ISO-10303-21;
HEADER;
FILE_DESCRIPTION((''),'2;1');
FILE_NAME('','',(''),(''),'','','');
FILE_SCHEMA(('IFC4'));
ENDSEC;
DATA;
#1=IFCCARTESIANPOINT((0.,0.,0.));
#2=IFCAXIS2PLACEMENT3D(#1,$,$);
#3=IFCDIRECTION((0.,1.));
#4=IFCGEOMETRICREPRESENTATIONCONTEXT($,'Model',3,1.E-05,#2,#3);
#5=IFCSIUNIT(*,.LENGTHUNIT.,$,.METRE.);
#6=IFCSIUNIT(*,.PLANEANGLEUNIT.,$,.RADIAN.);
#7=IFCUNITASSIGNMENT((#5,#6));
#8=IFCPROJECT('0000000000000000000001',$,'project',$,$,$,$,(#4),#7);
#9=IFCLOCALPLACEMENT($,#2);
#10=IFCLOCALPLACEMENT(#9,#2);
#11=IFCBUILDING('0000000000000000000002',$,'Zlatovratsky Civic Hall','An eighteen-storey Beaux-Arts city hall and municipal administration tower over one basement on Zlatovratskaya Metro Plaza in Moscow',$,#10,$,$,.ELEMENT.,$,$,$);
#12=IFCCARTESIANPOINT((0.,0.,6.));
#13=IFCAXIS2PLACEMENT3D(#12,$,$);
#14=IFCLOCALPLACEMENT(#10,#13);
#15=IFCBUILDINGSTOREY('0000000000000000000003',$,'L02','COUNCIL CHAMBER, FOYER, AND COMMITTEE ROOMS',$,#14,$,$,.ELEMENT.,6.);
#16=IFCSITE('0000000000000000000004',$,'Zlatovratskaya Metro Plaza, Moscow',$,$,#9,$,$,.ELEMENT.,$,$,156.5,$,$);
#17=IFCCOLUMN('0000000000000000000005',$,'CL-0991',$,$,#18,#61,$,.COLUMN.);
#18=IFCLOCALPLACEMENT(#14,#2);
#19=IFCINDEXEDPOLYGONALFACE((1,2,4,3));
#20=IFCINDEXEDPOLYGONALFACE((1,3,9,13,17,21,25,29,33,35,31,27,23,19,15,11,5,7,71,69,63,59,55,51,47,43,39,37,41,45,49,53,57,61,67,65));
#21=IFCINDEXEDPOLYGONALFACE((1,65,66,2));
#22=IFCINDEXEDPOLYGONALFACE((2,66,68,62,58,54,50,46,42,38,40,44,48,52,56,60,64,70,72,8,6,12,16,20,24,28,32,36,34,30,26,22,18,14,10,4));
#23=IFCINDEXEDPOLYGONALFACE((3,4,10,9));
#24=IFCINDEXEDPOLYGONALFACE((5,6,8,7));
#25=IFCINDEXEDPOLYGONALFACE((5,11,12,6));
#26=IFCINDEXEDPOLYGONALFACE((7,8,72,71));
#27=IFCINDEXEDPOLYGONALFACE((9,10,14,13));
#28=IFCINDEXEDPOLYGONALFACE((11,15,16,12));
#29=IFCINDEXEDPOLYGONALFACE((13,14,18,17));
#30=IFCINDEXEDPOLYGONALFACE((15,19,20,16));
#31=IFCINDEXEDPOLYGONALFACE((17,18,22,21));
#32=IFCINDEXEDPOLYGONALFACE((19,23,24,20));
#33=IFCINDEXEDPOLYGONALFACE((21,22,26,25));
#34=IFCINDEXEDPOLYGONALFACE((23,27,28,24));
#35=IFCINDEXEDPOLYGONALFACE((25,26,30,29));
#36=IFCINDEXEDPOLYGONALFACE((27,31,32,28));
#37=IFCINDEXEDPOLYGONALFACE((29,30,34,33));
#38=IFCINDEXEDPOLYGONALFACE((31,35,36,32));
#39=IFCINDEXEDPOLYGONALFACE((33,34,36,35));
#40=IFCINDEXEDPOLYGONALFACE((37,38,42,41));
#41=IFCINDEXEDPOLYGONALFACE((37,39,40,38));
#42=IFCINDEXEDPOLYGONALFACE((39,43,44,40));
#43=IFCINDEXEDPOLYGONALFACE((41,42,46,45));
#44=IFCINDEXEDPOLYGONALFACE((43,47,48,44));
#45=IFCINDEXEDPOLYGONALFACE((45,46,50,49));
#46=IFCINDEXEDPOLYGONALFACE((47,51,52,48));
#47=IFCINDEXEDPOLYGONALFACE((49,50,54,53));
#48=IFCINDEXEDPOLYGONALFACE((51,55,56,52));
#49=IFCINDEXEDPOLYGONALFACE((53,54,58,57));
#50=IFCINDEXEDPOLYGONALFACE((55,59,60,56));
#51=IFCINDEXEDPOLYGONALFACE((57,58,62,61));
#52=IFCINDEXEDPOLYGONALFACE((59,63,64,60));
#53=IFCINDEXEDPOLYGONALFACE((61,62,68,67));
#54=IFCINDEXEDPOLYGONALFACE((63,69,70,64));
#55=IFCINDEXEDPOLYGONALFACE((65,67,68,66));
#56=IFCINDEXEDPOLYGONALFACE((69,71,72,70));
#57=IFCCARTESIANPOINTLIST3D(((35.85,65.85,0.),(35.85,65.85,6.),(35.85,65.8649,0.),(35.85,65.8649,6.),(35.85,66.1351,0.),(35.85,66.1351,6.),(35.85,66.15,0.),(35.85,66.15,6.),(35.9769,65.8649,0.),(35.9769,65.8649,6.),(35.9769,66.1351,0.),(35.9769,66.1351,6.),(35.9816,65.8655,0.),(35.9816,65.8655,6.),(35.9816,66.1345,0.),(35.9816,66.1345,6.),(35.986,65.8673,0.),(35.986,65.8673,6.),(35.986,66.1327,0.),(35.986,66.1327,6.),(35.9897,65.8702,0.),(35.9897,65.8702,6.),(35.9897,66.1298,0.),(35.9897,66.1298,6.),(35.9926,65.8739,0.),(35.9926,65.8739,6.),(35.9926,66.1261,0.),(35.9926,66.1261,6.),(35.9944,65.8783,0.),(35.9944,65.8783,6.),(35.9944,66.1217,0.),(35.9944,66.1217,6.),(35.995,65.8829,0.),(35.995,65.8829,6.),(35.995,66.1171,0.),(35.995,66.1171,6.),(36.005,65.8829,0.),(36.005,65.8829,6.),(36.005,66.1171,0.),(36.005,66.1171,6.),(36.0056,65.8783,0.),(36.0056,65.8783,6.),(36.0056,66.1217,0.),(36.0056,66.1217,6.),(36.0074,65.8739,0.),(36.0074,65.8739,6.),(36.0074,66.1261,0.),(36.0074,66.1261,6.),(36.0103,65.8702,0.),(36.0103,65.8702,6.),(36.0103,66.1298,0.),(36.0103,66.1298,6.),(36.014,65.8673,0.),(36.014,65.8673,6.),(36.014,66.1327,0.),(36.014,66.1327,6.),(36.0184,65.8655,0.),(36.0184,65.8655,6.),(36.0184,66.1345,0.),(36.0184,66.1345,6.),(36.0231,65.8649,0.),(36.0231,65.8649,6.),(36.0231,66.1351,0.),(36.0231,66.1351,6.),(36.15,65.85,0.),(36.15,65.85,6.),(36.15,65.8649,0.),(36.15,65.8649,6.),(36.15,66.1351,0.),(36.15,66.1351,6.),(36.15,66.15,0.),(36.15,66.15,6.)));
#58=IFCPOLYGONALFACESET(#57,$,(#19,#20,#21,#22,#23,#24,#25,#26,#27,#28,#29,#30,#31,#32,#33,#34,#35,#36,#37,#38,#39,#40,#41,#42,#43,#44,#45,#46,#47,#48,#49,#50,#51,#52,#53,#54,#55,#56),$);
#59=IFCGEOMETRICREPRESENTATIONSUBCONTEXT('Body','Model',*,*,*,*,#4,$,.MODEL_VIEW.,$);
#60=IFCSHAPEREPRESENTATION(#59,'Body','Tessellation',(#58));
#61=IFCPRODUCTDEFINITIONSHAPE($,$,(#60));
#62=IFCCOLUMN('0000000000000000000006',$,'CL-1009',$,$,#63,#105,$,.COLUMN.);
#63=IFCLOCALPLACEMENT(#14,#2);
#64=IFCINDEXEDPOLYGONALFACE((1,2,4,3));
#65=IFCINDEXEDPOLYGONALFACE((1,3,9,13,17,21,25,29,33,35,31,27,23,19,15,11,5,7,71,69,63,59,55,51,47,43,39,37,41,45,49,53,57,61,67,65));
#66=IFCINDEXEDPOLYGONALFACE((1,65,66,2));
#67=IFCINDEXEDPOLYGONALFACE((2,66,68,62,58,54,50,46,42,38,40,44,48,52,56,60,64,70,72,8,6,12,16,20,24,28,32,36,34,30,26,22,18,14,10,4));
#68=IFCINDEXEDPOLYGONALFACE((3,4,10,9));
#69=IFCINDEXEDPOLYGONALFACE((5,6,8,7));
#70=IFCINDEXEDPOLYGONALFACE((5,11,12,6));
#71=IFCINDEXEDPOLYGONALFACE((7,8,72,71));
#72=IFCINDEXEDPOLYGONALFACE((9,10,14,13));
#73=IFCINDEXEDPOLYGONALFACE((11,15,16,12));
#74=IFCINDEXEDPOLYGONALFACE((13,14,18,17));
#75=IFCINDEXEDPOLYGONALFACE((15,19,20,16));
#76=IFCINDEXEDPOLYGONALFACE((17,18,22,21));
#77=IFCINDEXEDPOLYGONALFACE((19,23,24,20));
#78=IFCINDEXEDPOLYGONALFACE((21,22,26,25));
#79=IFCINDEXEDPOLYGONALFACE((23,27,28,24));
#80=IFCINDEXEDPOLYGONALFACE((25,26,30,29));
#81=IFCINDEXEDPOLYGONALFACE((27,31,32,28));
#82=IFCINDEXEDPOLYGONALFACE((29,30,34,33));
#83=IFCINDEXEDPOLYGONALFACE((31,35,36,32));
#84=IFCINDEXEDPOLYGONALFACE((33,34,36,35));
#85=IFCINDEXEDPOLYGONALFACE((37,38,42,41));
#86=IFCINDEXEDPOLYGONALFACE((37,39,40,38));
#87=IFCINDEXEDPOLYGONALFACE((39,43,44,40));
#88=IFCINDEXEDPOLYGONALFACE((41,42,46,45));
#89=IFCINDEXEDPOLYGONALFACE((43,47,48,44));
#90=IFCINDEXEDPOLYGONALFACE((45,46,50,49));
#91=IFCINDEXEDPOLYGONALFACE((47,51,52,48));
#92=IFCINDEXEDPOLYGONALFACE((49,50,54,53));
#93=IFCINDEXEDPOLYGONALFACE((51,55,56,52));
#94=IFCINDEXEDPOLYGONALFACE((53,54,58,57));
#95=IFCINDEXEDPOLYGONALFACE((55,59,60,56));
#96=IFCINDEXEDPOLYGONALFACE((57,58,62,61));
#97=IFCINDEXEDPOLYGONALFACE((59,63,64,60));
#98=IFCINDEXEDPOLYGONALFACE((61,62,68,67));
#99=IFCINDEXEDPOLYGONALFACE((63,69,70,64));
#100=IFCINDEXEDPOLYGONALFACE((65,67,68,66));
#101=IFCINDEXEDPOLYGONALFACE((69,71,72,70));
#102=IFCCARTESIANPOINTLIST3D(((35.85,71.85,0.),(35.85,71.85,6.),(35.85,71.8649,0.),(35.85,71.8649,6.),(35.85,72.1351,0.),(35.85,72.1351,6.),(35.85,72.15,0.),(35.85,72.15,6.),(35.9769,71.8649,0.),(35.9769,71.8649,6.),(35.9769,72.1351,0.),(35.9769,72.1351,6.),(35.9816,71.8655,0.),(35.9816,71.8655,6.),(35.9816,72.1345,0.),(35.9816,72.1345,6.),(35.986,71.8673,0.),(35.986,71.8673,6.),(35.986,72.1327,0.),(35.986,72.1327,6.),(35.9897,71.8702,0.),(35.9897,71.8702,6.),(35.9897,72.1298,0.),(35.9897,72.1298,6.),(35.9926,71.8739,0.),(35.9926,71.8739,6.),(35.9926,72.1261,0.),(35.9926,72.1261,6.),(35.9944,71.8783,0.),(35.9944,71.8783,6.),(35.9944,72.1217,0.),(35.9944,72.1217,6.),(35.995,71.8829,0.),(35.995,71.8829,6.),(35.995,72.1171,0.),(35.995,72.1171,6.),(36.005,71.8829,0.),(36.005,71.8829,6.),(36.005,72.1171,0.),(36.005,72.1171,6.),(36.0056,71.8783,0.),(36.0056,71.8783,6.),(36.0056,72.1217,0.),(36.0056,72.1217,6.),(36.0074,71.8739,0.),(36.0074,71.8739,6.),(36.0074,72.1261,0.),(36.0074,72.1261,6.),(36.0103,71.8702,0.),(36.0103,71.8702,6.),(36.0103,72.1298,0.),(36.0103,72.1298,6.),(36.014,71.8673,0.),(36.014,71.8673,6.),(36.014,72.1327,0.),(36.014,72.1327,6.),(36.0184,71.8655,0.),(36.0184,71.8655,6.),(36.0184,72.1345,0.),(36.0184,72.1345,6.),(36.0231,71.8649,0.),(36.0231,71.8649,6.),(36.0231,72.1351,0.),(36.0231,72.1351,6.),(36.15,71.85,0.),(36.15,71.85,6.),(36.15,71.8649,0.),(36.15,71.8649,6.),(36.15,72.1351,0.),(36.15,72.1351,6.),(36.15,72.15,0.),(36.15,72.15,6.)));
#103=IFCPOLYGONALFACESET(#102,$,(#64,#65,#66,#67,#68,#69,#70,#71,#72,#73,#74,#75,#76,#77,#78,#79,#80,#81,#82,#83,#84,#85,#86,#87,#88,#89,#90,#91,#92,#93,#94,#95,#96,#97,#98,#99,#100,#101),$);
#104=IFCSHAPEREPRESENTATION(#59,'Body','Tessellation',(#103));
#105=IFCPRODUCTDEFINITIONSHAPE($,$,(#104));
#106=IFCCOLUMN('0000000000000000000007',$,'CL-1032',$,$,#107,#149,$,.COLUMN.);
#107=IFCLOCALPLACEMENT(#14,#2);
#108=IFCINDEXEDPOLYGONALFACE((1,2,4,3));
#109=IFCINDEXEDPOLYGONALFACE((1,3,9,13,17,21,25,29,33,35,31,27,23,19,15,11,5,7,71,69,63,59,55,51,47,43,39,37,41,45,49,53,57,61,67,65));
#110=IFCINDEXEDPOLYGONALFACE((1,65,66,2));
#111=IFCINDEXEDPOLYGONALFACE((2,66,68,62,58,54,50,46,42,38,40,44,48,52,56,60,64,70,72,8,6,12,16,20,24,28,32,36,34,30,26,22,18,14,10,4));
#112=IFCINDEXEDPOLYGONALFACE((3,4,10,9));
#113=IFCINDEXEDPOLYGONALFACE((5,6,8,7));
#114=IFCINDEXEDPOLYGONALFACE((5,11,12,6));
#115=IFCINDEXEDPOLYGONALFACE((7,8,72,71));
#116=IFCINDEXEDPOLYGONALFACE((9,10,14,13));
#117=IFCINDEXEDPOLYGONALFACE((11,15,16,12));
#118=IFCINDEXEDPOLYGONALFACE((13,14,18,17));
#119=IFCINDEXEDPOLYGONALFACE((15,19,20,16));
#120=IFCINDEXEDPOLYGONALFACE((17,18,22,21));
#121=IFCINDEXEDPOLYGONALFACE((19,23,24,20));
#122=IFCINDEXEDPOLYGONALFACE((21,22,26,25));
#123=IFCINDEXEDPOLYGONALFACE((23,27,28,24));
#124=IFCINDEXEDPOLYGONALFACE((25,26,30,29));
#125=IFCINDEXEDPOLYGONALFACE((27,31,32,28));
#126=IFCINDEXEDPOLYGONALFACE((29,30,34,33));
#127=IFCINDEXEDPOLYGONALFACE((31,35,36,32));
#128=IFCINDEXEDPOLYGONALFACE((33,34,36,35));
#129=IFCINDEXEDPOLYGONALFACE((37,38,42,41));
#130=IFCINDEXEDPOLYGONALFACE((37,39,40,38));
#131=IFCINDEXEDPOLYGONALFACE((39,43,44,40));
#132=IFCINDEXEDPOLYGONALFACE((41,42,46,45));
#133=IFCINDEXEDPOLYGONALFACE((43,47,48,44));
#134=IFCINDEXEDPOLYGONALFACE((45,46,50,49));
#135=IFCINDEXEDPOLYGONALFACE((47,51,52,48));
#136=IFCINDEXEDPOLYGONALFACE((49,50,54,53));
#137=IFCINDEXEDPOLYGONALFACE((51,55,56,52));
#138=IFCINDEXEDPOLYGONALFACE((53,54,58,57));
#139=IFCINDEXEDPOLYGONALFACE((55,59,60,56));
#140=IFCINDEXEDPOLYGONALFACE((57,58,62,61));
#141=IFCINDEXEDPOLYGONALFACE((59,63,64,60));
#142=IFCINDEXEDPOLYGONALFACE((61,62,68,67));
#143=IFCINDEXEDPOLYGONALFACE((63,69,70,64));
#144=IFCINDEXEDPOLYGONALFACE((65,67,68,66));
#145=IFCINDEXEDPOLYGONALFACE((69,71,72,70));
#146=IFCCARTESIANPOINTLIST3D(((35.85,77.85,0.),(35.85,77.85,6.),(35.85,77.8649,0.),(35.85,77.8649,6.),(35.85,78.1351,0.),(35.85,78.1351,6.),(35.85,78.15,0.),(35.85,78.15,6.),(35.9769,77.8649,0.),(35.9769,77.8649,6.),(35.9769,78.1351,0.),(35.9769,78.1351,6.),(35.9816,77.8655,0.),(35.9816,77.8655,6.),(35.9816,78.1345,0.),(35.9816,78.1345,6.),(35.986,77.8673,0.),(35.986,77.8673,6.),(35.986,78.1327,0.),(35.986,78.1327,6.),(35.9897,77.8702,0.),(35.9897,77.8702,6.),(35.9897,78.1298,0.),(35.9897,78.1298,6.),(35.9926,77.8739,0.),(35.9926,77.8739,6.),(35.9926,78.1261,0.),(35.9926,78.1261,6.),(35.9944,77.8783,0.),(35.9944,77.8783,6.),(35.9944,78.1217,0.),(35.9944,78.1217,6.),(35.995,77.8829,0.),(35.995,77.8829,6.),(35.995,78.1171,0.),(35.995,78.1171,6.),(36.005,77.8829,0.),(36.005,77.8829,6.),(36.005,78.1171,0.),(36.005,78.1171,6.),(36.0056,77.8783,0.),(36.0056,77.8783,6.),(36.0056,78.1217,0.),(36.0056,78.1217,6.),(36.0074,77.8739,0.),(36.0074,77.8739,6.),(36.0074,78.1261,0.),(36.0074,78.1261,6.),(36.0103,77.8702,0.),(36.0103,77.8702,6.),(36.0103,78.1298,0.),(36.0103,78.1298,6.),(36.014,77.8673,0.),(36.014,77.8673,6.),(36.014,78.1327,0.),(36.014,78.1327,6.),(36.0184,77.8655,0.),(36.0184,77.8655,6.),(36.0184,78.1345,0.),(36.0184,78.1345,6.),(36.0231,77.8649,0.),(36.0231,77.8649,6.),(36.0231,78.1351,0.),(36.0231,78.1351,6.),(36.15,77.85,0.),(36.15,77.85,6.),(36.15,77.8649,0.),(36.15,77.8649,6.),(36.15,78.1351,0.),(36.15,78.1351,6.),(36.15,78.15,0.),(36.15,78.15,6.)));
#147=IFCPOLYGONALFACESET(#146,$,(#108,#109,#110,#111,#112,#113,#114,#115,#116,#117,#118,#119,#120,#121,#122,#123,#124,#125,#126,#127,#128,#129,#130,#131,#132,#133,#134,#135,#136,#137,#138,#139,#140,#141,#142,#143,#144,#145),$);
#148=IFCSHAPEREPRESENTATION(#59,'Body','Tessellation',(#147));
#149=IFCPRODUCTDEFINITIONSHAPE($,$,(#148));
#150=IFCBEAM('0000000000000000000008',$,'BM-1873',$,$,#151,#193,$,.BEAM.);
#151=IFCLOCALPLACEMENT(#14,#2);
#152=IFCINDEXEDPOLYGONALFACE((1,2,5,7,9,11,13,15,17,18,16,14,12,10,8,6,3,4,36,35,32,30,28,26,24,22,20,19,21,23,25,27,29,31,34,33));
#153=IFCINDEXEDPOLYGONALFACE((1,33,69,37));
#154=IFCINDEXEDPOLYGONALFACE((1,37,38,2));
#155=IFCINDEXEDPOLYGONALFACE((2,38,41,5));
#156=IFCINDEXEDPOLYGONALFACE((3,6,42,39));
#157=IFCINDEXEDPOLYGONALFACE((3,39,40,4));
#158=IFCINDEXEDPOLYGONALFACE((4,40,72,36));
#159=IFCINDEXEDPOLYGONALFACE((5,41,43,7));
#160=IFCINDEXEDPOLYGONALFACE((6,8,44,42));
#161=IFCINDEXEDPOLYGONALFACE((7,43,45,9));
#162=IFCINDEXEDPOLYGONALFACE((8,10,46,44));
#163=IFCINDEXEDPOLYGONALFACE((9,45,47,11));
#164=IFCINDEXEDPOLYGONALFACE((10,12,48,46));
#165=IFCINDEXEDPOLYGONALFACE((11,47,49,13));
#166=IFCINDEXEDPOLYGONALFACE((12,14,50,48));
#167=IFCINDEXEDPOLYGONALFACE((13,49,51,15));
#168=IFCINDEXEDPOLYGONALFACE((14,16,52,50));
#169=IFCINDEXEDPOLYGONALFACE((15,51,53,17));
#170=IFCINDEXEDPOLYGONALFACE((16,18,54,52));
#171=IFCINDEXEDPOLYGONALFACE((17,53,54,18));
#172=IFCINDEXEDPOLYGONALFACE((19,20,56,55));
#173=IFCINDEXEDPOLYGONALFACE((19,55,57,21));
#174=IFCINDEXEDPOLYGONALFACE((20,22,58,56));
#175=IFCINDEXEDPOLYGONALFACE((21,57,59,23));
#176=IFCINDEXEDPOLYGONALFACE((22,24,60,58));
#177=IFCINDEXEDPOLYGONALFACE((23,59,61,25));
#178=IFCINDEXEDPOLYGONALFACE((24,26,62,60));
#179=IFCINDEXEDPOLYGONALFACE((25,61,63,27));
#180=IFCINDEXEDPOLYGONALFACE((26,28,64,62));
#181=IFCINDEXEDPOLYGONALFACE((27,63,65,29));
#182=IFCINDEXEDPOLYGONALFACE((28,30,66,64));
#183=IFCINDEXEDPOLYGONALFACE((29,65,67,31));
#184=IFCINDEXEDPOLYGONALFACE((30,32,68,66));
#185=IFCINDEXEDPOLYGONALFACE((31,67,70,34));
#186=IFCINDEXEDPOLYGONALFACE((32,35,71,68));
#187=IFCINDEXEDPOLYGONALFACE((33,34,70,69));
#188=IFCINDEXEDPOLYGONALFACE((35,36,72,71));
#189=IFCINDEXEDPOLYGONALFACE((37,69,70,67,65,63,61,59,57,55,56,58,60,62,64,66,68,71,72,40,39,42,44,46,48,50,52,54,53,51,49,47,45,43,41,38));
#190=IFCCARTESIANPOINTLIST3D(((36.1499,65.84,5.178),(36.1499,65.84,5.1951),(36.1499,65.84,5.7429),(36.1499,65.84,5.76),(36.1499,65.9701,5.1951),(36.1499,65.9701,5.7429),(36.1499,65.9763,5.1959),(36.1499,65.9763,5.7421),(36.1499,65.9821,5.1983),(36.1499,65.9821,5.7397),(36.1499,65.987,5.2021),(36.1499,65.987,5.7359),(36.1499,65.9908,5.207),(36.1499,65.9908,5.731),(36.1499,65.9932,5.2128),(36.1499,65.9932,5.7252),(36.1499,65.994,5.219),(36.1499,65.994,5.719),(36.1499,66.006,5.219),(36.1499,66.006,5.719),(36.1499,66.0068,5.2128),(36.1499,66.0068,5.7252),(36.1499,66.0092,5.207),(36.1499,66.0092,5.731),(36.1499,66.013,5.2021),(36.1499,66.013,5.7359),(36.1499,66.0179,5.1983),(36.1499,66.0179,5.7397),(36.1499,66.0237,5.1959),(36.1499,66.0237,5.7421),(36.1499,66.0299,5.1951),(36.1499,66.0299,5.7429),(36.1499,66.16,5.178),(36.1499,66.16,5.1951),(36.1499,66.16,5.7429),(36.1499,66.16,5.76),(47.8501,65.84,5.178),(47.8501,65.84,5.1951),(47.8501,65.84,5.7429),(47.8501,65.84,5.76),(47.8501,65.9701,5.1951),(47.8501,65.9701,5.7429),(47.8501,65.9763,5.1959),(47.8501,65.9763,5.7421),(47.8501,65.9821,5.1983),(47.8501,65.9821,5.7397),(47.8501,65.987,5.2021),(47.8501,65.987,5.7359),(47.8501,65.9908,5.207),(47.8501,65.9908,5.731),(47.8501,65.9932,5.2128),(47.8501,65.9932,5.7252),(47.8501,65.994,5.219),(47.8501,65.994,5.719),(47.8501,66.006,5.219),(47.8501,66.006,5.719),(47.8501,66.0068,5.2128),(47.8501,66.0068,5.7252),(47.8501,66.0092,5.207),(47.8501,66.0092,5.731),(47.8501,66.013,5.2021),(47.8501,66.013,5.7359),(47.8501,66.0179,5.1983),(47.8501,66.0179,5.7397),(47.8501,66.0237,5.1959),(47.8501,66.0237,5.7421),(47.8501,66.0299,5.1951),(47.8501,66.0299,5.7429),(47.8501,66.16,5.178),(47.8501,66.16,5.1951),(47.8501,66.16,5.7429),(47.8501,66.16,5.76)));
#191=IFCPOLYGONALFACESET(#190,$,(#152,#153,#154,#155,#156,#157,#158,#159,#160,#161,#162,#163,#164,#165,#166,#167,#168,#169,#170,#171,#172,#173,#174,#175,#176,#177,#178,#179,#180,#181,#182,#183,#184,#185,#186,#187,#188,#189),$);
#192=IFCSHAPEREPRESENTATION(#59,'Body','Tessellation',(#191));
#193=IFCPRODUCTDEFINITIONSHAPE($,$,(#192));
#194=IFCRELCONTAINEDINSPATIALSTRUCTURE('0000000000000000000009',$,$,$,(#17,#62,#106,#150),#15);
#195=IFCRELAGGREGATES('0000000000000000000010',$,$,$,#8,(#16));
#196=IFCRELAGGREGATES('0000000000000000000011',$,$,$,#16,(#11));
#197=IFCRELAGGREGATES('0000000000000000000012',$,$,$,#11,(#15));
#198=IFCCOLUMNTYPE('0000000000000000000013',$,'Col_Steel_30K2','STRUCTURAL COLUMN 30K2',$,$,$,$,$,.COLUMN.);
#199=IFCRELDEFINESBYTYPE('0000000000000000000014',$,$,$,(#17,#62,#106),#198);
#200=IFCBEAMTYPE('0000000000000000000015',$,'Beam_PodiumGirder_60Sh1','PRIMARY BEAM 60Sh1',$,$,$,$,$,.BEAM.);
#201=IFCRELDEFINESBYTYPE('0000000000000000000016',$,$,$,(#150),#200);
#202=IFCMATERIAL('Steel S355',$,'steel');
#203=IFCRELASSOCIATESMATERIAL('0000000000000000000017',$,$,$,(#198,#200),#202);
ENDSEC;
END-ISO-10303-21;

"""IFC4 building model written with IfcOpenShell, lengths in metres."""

from ifc_helpers import new_model, si_unit, direction, frame, origin, origin_2d, place, context, subcontext, project, spatial, i_section, extrude, material, material_profile, profile_set, type_object, element, save


model = new_model("IFC4")

# Units and contexts
model_context = context("Model", 3, precision=1e-05, world=origin(), true_north=direction((0.0, 1.0)))
body_context = subcontext(model_context, "Body", "Model", "MODEL_VIEW")
ifc_project = project(units=[si_unit("LENGTHUNIT", "METRE"), si_unit("PLANEANGLEUNIT", "RADIAN")], contexts=[model_context])

# Site, building, storey
site_placement = place(None, origin())
site = spatial("IfcSite", under=ifc_project, at=site_placement, Name="Zlatovratskaya Metro Plaza, Moscow", CompositionType="ELEMENT", RefElevation=156.5)
building_placement = place(site_placement, origin())
building = spatial("IfcBuilding", under=site, at=building_placement, Name="Zlatovratsky Civic Hall", Description="An eighteen-storey Beaux-Arts city hall and municipal administration tower over one basement on Zlatovratskaya Metro Plaza in Moscow", CompositionType="ELEMENT")
storey_placement = place(building_placement, frame((0.0, 0.0, 6.0)))
storey = spatial("IfcBuildingStorey", under=building, at=storey_placement, Name="L02", Description="COUNCIL CHAMBER, FOYER, AND COMMITTEE ROOMS", CompositionType="ELEMENT", Elevation=6.0)

# Columns
ifc_material_1 = material(Name="Steel S355", Category="steel")
ifc_material_profile_1 = material_profile(ifc_material_1, i_section(OverallWidth=0.3, OverallDepth=0.3, WebThickness=0.01, FlangeThickness=0.0149, FilletRadius=0.0181, at=origin_2d()), Name="30K2")
ifc_profile_set_1 = profile_set([ifc_material_profile_1], Name="Steel S355")
column_type = type_object("IfcColumnType", Name="Col_Steel_30K2", Description="STRUCTURAL COLUMN 30K2", PredefinedType="COLUMN", material=ifc_profile_set_1)
for number, where, z_axis, x_axis, name in (
    (1, (36.0, 66.0, 0.0), (0.0, 0.0, 1.0), (1.0, 0.0, 0.0), "CL-0991"),
    (2, (36.0, 72.0, 0.0), (0.0, 0.0, 1.0), (1.0, 0.0, 0.0), "CL-1009"),
    (3, (36.0, 78.0, 0.0), (0.0, 0.0, 1.0), (1.0, 0.0, 0.0), "CL-1032"),
):
    element("IfcColumn", number, at=place(storey_placement, frame(where, z_axis=z_axis, x_axis=x_axis)), inside=storey, type_object=column_type, Name=name, PredefinedType="COLUMN", context=body_context, shape_type="SweptSolid", body=[
        extrude(i_section(OverallWidth=0.3, OverallDepth=0.3, WebThickness=0.01, FlangeThickness=0.0149, FilletRadius=0.0181, at=origin_2d()), origin(), (0.0, 0.0, 1.0), 6.0),
    ])

# Beam
ifc_material_profile_2 = material_profile(ifc_material_1, i_section(OverallWidth=0.3201, OverallDepth=0.582, WebThickness=0.012, FlangeThickness=0.0171, FilletRadius=0.0239, at=origin_2d()), Name="60Sh1")
ifc_profile_set_2 = profile_set([ifc_material_profile_2], Name="Steel S355")
beam_type_1 = type_object("IfcBeamType", Name="Beam_PodiumGirder_60Sh1", Description="PRIMARY BEAM 60Sh1", PredefinedType="BEAM", material=ifc_profile_set_2)
for number, where, z_axis, x_axis, name in (
    (4, (36.1499, 66.0, 5.469), (1.0, 0.0, 0.0), (0.0, 1.0, 0.0), "BM-1873"),
):
    element("IfcBeam", number, at=place(storey_placement, frame(where, z_axis=z_axis, x_axis=x_axis)), inside=storey, type_object=beam_type_1, Name=name, PredefinedType="BEAM", context=body_context, shape_type="SweptSolid", body=[
        extrude(i_section(OverallWidth=0.3201, OverallDepth=0.582, WebThickness=0.012, FlangeThickness=0.0171, FilletRadius=0.0239, at=origin_2d()), origin(), (0.0, 0.0, 1.0), 11.7002),
    ])

save(model, "model.ifc")
